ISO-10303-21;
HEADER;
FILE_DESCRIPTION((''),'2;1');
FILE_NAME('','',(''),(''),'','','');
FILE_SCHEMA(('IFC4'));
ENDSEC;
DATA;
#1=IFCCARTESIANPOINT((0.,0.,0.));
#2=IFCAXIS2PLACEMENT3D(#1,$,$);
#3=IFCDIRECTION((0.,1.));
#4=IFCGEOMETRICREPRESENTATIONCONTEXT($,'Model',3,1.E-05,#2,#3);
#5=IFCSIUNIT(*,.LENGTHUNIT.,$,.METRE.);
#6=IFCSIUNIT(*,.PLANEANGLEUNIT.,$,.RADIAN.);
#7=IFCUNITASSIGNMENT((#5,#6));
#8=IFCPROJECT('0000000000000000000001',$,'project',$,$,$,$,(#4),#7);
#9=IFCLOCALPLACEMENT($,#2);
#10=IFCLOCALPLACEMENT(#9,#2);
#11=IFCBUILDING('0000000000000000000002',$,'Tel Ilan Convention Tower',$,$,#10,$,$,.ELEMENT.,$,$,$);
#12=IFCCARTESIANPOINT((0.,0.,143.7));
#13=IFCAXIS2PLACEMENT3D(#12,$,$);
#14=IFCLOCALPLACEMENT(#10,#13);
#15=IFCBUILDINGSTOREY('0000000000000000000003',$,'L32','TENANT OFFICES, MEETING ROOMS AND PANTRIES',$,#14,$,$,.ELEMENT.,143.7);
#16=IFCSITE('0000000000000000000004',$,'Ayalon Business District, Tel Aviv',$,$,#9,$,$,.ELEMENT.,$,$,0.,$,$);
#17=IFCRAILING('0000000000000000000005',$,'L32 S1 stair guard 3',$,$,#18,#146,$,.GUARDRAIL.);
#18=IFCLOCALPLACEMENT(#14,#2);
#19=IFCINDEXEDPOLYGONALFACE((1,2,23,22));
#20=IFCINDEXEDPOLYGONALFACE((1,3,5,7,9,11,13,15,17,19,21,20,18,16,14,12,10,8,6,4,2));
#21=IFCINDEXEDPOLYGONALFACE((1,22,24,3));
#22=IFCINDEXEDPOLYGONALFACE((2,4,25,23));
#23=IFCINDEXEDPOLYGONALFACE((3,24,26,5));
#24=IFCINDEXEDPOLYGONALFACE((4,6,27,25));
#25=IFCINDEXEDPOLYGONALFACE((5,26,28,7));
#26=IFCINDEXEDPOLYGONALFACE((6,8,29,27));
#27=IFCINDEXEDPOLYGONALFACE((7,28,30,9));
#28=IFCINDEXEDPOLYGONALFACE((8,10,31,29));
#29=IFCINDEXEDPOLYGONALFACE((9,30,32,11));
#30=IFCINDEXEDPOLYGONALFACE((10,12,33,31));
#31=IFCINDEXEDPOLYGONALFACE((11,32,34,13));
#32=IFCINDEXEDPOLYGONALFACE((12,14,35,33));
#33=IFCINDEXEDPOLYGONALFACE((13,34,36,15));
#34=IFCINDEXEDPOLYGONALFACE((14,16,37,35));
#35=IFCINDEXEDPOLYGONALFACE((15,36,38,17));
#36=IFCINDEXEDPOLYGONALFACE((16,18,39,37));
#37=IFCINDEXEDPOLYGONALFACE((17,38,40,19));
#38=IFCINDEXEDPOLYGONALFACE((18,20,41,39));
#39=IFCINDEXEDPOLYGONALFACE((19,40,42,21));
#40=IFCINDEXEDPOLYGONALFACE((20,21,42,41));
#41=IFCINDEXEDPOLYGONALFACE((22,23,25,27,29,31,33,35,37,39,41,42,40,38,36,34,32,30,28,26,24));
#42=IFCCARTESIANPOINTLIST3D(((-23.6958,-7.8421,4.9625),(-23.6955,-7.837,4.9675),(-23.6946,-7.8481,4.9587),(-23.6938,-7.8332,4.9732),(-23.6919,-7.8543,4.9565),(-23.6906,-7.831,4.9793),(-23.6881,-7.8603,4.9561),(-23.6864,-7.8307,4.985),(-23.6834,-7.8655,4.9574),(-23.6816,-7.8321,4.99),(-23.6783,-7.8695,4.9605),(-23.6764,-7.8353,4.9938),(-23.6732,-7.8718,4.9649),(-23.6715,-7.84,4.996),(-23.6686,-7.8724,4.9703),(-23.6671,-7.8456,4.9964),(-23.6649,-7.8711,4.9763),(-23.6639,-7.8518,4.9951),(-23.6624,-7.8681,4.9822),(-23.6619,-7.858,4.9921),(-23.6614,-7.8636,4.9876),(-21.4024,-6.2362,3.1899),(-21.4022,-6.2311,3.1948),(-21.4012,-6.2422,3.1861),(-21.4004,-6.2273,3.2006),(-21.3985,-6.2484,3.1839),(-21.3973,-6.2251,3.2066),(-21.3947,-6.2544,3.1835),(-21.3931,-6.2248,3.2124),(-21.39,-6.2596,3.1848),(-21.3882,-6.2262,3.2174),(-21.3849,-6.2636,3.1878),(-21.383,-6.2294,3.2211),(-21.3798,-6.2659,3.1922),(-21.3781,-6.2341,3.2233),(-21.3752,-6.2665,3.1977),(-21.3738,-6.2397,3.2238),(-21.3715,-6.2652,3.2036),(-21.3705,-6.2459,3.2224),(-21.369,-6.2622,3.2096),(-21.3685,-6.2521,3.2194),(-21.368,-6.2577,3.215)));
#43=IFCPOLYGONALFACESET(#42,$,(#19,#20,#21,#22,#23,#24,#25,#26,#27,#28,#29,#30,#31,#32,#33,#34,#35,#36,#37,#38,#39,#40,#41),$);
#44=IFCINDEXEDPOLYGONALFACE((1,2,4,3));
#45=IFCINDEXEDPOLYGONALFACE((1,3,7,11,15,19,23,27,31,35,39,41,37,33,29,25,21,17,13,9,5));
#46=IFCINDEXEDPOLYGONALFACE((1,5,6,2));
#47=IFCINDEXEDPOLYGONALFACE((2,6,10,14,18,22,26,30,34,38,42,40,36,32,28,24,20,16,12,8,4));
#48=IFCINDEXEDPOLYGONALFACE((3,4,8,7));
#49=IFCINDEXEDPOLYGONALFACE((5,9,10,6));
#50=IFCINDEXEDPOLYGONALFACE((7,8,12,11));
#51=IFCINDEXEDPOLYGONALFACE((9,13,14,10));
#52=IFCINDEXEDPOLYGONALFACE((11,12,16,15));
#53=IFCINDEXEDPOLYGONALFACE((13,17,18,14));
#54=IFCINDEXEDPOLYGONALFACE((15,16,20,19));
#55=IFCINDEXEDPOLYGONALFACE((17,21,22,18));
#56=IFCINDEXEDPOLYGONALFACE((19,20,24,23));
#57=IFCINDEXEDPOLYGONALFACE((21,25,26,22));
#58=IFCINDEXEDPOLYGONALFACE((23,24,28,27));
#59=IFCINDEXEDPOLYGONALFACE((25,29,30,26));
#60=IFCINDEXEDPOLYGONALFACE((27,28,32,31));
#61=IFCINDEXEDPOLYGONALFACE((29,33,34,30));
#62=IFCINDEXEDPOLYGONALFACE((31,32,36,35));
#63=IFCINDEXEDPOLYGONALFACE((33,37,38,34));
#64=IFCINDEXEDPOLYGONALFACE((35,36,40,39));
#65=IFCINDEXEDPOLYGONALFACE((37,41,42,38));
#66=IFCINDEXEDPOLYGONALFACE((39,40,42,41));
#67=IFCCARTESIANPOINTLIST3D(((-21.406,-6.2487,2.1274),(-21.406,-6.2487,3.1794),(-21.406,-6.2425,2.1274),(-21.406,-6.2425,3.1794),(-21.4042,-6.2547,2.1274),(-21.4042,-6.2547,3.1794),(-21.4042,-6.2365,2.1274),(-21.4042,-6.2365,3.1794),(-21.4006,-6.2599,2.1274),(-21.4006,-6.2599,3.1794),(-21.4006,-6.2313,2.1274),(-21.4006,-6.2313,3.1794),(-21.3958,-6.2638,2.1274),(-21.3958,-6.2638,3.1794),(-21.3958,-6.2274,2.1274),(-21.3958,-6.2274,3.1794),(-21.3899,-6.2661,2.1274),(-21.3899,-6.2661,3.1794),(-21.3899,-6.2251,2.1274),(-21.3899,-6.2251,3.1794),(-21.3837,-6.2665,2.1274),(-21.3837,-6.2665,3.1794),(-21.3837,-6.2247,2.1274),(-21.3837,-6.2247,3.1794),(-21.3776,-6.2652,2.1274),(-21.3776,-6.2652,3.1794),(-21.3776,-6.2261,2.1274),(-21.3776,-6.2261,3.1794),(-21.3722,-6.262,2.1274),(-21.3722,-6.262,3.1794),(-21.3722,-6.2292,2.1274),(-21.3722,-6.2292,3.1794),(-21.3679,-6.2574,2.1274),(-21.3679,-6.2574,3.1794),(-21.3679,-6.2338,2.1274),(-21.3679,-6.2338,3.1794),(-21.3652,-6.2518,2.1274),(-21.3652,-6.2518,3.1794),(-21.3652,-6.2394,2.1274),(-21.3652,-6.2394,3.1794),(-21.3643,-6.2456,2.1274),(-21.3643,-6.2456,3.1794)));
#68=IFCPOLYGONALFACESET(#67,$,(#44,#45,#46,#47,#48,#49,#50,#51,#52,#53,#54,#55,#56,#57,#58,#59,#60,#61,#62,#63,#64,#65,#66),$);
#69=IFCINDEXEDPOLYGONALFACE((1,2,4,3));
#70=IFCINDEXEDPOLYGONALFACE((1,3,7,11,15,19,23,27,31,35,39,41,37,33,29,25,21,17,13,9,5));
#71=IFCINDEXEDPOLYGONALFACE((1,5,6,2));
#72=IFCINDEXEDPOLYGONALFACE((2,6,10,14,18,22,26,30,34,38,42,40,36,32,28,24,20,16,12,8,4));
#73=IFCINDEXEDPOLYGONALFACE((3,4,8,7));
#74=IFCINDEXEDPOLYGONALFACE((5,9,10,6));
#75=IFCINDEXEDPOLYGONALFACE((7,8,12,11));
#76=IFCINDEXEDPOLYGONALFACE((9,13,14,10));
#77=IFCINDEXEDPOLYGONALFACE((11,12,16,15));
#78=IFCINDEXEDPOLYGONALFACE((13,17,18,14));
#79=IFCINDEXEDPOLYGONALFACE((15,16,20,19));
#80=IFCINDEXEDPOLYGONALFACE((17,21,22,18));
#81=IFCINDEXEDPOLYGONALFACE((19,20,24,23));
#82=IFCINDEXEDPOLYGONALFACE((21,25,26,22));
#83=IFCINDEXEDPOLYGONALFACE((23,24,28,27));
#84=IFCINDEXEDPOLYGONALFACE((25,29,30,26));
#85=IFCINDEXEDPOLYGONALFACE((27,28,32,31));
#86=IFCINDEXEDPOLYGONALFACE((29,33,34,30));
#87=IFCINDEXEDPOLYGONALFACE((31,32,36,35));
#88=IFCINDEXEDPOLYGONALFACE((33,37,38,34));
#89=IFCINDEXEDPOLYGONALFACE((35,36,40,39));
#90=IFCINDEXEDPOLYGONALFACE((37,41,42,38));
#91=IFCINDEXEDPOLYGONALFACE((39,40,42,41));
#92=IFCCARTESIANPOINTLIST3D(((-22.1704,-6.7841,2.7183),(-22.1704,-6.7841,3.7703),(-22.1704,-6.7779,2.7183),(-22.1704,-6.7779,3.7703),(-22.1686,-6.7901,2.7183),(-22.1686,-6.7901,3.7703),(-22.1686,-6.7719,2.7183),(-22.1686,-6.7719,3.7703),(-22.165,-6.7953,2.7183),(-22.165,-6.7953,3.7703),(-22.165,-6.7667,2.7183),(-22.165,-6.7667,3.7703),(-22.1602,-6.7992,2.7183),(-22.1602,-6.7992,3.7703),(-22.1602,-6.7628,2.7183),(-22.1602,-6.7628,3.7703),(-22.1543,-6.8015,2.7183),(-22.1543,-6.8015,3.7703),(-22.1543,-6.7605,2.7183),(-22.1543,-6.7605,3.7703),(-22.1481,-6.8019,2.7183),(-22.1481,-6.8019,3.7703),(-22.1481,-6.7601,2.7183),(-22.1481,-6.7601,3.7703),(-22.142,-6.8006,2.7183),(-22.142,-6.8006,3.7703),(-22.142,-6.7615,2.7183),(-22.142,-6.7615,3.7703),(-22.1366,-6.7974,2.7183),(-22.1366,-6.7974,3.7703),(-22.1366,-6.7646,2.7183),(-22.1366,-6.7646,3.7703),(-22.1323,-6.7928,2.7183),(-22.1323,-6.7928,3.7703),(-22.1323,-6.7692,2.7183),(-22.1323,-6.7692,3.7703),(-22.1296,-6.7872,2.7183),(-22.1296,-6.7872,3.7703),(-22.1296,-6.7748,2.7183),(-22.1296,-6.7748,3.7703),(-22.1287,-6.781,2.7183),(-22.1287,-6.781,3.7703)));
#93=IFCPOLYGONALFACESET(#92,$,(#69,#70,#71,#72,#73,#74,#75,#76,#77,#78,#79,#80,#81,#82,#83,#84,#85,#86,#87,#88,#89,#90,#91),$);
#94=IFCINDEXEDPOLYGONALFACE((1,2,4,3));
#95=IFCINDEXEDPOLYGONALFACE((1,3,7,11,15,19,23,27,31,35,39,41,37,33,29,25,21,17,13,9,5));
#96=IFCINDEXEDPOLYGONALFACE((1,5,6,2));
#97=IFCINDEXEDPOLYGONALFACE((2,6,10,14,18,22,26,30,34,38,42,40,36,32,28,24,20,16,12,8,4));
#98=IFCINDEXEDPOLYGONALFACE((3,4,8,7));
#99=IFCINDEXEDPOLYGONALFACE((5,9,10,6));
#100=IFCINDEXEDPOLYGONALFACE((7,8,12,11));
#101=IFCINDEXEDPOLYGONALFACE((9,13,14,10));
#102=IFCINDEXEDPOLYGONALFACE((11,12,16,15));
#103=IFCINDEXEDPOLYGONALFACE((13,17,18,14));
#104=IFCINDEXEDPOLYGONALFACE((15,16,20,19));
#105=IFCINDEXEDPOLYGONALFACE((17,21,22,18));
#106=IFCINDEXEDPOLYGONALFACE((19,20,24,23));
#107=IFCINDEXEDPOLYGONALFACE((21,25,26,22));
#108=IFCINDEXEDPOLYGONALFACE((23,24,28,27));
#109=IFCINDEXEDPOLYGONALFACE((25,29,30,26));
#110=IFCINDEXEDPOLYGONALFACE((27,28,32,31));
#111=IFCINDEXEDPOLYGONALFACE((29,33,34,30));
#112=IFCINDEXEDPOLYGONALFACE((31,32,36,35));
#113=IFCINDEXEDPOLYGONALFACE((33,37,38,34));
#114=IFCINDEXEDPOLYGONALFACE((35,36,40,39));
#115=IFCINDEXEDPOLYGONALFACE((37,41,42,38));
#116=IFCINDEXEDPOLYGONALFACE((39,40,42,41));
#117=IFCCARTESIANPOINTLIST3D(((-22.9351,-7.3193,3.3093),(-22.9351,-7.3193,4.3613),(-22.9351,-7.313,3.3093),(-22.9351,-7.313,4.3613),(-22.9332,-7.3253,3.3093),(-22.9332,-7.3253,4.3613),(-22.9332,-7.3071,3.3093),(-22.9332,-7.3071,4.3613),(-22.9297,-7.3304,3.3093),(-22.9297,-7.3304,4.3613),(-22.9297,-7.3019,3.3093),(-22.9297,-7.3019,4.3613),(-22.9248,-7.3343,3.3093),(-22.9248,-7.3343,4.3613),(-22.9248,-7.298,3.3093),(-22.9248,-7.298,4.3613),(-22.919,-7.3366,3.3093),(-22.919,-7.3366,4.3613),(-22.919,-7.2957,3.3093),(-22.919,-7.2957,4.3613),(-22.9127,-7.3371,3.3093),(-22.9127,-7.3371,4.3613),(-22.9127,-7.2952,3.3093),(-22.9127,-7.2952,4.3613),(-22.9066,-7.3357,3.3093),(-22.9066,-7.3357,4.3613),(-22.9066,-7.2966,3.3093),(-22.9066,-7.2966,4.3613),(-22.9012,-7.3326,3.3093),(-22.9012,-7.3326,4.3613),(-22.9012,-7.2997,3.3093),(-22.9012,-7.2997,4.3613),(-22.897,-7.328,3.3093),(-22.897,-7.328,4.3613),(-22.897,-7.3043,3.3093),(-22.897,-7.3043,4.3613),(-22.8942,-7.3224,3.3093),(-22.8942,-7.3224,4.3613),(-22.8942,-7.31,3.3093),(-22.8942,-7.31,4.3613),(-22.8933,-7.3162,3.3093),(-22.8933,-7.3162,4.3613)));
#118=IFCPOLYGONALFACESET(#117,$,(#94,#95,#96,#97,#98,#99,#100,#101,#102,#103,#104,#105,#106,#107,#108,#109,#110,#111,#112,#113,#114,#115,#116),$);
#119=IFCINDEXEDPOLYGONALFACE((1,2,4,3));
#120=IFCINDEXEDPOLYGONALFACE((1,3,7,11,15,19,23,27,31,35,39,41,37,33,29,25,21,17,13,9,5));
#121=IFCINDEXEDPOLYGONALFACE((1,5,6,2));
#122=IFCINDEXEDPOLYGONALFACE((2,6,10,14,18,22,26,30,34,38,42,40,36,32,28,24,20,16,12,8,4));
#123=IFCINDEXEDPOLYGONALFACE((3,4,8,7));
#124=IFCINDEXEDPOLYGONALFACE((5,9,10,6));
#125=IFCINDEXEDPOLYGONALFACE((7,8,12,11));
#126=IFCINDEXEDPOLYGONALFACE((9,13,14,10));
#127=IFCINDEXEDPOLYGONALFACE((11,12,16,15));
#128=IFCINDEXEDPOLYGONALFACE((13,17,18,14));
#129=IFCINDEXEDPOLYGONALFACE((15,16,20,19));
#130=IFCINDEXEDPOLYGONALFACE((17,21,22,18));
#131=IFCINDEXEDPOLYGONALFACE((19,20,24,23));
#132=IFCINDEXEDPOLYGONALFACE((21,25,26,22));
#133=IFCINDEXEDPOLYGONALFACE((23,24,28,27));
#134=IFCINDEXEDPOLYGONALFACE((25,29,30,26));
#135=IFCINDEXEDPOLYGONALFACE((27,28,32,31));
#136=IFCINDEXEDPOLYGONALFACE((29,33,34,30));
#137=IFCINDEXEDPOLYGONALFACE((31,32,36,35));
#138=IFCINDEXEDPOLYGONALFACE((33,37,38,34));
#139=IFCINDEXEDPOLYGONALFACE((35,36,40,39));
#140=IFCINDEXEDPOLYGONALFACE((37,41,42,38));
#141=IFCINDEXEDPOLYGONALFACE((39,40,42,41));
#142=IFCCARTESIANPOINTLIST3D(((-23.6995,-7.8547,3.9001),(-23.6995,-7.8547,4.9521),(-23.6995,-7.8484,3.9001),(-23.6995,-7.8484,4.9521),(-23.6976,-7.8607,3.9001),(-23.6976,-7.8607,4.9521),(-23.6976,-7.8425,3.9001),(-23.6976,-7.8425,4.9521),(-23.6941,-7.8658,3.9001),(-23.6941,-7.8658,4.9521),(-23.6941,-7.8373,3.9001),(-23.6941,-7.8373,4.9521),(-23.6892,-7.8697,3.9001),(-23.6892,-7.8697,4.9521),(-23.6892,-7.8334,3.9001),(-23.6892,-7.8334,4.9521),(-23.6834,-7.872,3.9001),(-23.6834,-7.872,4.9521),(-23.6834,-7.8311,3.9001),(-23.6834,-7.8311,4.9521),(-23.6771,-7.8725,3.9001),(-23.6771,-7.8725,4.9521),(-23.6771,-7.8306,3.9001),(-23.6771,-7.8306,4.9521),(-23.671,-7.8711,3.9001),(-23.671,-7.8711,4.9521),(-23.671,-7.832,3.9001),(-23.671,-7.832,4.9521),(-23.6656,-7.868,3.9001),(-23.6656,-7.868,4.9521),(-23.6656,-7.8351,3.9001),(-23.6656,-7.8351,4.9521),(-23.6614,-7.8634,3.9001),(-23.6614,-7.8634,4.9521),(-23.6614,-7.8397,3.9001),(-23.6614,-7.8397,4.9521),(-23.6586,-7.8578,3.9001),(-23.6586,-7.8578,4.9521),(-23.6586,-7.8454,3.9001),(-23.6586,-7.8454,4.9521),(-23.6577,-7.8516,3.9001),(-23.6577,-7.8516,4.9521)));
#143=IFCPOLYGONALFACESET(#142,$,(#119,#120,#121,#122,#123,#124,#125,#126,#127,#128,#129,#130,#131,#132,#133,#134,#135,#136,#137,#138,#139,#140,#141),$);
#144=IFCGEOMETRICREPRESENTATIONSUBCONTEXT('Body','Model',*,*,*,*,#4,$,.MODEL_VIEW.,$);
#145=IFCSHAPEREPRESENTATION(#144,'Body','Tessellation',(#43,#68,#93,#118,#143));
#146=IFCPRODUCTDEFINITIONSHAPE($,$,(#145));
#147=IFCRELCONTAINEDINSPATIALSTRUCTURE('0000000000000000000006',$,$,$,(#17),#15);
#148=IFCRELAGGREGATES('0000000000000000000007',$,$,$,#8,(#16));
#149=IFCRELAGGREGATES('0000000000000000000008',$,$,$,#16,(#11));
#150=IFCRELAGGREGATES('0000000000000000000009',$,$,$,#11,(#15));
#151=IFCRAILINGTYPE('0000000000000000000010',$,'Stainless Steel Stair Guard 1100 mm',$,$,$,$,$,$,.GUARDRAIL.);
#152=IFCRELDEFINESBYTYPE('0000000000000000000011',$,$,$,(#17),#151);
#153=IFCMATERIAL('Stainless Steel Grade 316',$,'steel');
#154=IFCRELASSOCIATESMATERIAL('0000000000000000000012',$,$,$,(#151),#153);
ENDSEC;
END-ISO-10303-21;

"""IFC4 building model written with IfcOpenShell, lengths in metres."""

from ifc_helpers import new_model, si_unit, direction, frame, origin, origin_2d, place, context, subcontext, project, spatial, circle, extrude, material, type_object, element, save


model = new_model("IFC4")

# Units and contexts
model_context = context("Model", 3, precision=1e-05, world=origin(), true_north=direction((0.0, 1.0)))
body_context = subcontext(model_context, "Body", "Model", "MODEL_VIEW")
ifc_project = project(units=[si_unit("LENGTHUNIT", "METRE"), si_unit("PLANEANGLEUNIT", "RADIAN")], contexts=[model_context])

# Site, building, storey
site_placement = place(None, origin())
site = spatial("IfcSite", under=ifc_project, at=site_placement, Name="Ayalon Business District, Tel Aviv", CompositionType="ELEMENT", RefElevation=0.0)
building_placement = place(site_placement, origin())
building = spatial("IfcBuilding", under=site, at=building_placement, Name="Tel Ilan Convention Tower", CompositionType="ELEMENT")
storey_placement = place(building_placement, frame((0.0, 0.0, 143.7)))
storey = spatial("IfcBuildingStorey", under=building, at=storey_placement, Name="L32", Description="TENANT OFFICES, MEETING ROOMS AND PANTRIES", CompositionType="ELEMENT", Elevation=143.7)

# Railing
ifc_material_1 = material(Name="Stainless Steel Grade 316", Category="steel")
railing_type_1 = type_object("IfcRailingType", Name="Stainless Steel Stair Guard 1100 mm", PredefinedType="GUARDRAIL", material=ifc_material_1)
railing_1_placement = place(storey_placement, frame((-21.3853, -6.2456, 2.1274)))
element("IfcRailing", 1, at=railing_1_placement, inside=storey, type_object=railing_type_1, Name="L32 S1 stair guard 3", PredefinedType="GUARDRAIL", context=body_context, shape_type="SweptSolid", body=[
    extrude(circle(Radius=0.0239, at=origin_2d()), frame((0.0, 0.0, 1.0762), z_axis=(-0.692085, -0.484621, 0.53494), x_axis=(0.573591, -0.819142, 0.0)), (0.0, 0.0, 1.0), 3.3137),
    extrude(circle(Radius=0.021, at=origin_2d()), origin(), (0.0, 0.0, 1.0), 1.052),
    extrude(circle(Radius=0.021, at=origin_2d()), frame((-0.7644, -0.5354, 0.5908)), (0.0, 0.0, 1.0), 1.052),
    extrude(circle(Radius=0.021, at=origin_2d()), frame((-1.5291, -1.0706, 1.1819)), (0.0, 0.0, 1.0), 1.052),
    extrude(circle(Radius=0.021, at=origin_2d()), frame((-2.2935, -1.606, 1.7727)), (0.0, 0.0, 1.0), 1.052),
])

save(model, "model.ifc")
